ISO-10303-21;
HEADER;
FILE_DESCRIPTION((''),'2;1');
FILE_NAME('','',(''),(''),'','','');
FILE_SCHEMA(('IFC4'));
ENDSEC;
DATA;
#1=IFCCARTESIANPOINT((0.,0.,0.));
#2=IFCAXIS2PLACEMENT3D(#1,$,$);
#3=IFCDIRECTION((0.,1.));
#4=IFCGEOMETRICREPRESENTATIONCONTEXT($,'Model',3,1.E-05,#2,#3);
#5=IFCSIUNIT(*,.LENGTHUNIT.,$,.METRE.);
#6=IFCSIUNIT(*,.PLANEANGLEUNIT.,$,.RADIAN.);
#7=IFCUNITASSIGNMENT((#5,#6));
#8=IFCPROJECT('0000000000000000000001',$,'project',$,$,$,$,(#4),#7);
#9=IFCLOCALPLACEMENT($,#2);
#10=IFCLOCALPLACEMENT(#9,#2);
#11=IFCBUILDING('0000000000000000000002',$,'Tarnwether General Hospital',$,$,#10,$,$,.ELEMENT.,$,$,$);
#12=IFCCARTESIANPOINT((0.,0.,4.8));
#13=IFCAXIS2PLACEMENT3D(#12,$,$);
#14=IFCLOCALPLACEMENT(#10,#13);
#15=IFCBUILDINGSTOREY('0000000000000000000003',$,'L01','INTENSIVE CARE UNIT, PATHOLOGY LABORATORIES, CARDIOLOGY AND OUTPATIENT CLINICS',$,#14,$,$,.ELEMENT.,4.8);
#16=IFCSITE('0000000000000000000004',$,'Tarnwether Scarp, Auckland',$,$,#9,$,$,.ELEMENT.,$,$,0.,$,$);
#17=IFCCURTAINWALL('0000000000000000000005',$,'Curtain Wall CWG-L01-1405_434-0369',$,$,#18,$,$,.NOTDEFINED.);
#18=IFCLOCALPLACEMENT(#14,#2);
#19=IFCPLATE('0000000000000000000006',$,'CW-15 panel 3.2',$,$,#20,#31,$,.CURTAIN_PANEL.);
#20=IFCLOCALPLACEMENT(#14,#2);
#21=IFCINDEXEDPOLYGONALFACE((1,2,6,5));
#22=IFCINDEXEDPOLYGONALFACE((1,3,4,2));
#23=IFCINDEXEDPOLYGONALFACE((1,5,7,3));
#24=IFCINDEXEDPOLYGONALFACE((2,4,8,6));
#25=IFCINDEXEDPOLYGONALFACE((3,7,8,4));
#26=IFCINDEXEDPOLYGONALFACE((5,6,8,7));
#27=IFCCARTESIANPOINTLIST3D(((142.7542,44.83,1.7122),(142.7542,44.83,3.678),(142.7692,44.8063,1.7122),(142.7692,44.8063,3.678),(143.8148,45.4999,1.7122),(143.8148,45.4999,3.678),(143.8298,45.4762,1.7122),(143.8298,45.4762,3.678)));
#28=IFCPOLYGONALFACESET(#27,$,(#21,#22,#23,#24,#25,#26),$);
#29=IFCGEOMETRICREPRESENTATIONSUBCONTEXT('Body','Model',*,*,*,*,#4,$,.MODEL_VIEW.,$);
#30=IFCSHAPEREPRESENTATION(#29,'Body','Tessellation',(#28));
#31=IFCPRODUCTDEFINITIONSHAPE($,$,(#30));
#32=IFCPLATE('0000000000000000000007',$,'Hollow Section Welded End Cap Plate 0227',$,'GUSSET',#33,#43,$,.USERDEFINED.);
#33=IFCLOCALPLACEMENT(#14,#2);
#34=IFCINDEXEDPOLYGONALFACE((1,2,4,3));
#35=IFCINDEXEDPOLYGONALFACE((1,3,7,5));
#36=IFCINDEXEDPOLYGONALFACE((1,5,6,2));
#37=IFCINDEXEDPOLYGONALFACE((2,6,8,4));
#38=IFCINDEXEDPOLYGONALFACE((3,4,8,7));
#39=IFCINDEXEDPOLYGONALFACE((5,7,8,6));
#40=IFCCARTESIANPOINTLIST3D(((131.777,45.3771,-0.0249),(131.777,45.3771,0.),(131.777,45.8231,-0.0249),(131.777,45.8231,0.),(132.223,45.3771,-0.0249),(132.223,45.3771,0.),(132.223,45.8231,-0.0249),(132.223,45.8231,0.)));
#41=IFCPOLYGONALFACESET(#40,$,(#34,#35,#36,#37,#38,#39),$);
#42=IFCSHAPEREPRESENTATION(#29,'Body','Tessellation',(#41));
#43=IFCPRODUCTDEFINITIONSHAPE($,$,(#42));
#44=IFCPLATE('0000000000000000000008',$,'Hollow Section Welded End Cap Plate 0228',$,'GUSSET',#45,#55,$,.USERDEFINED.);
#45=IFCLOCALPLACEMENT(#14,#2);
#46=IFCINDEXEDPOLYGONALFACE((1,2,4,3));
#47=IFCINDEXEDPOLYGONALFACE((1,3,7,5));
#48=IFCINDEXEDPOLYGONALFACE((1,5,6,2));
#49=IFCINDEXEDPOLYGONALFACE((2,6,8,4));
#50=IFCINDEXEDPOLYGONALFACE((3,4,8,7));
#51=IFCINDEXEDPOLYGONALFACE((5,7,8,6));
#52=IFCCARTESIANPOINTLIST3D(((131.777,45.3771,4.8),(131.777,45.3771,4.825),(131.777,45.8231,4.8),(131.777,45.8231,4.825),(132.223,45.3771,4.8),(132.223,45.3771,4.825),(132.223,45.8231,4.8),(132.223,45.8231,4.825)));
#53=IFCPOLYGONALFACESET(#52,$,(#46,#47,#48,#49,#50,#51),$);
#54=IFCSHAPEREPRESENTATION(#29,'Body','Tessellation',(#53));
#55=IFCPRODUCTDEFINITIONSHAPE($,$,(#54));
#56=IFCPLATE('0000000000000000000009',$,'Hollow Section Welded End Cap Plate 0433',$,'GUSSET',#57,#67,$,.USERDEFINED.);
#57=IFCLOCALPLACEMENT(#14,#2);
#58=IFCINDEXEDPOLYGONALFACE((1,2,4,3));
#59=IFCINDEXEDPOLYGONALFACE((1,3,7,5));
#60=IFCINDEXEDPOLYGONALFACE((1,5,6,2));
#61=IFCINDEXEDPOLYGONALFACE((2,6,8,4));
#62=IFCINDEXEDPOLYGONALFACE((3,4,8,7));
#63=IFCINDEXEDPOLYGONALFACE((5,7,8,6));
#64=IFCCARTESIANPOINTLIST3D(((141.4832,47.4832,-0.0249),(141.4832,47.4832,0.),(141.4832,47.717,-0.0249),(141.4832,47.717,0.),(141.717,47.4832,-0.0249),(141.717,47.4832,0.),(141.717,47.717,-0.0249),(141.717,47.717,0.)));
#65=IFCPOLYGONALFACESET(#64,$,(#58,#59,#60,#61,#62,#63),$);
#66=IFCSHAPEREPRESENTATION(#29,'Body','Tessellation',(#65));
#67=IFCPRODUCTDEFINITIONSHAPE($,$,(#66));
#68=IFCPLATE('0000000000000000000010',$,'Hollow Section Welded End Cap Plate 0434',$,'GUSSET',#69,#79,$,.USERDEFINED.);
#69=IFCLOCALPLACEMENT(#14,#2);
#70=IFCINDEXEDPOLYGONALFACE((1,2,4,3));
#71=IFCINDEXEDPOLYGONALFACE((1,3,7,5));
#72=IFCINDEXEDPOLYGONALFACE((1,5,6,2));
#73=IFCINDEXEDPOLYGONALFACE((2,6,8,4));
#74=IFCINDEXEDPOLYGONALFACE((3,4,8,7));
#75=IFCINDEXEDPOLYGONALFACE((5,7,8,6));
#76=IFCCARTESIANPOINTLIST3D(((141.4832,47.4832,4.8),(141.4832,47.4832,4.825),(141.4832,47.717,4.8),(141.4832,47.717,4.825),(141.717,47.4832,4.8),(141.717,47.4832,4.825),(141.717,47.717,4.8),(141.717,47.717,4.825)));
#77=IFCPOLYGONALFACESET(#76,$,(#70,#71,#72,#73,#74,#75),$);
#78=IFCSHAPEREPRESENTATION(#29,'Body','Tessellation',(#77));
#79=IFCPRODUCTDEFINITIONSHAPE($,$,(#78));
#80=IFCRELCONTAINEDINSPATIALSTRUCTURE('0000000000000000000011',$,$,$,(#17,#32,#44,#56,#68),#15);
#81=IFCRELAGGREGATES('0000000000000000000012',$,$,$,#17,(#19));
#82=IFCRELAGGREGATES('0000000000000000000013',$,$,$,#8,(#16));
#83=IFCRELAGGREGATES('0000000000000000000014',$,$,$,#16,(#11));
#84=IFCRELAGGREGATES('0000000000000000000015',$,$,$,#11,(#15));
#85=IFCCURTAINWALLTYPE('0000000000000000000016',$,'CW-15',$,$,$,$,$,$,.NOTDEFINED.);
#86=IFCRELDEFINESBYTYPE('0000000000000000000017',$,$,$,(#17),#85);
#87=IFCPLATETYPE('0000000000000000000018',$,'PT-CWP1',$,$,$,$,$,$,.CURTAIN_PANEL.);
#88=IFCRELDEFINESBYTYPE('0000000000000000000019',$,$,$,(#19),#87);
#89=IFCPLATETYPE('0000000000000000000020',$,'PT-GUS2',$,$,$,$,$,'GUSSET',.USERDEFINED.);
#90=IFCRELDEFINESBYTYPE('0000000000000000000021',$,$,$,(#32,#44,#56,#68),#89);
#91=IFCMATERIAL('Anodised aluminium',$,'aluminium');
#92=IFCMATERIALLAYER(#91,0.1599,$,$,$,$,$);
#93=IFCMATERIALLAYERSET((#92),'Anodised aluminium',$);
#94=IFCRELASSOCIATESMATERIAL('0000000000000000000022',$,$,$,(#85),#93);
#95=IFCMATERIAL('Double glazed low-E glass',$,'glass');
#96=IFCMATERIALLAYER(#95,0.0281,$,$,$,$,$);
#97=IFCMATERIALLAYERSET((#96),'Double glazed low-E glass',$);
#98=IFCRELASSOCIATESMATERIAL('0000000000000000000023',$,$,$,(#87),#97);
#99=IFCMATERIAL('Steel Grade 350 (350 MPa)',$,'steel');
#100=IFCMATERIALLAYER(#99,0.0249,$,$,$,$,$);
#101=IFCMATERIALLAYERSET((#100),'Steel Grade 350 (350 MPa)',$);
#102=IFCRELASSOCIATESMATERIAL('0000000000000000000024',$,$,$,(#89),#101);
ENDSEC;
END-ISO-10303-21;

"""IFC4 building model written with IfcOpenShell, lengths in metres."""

from ifc_helpers import new_model, si_unit, direction, frame, origin, origin_2d, place, context, subcontext, project, spatial, rectangle, extrude, material, layer, layer_set, type_object, element, aggregate, save


model = new_model("IFC4")

# Units and contexts
model_context = context("Model", 3, precision=1e-05, world=origin(), true_north=direction((0.0, 1.0)))
body_context = subcontext(model_context, "Body", "Model", "MODEL_VIEW")
ifc_project = project(units=[si_unit("LENGTHUNIT", "METRE"), si_unit("PLANEANGLEUNIT", "RADIAN")], contexts=[model_context])

# Site, building, storey
site_placement = place(None, origin())
site = spatial("IfcSite", under=ifc_project, at=site_placement, Name="Tarnwether Scarp, Auckland", CompositionType="ELEMENT", RefElevation=0.0)
building_placement = place(site_placement, origin())
building = spatial("IfcBuilding", under=site, at=building_placement, Name="Tarnwether General Hospital", CompositionType="ELEMENT")
storey_placement = place(building_placement, frame((0.0, 0.0, 4.8)))
storey = spatial("IfcBuildingStorey", under=building, at=storey_placement, Name="L01", Description="INTENSIVE CARE UNIT, PATHOLOGY LABORATORIES, CARDIOLOGY AND OUTPATIENT CLINICS", CompositionType="ELEMENT", Elevation=4.8)

# Curtain wall
ifc_material_1 = material(Name="Anodised aluminium", Category="aluminium")
ifc_layer_1 = layer(ifc_material_1, 0.1599)
ifc_layer_set_1 = layer_set([ifc_layer_1], Name="Anodised aluminium")
curtain_wall_type_1 = type_object("IfcCurtainWallType", Name="CW-15", PredefinedType="NOTDEFINED", material=ifc_layer_set_1)
curtain_wall_1_placement = place(storey_placement, origin())
curtain_wall_1 = element("IfcCurtainWall", 1, at=curtain_wall_1_placement, inside=storey, type_object=curtain_wall_type_1, Name="Curtain Wall CWG-L01-1405_434-0369", PredefinedType="NOTDEFINED")

# Plate
ifc_material_2 = material(Name="Double glazed low-E glass", Category="glass")
ifc_layer_2 = layer(ifc_material_2, 0.0281)
ifc_layer_set_2 = layer_set([ifc_layer_2], Name="Double glazed low-E glass")
plate_type_1 = type_object("IfcPlateType", Name="PT-CWP1", PredefinedType="CURTAIN_PANEL", material=ifc_layer_set_2)
plate_1_placement = place(storey_placement, frame((143.292, 45.1531, 1.7122), z_axis=(0.0, 0.0, 1.0), x_axis=(0.845454, 0.534049, 0.0)))
plate_1 = element("IfcPlate", 2, at=plate_1_placement, type_object=plate_type_1, Name="CW-15 panel 3.2", PredefinedType="CURTAIN_PANEL", context=body_context, shape_type="SweptSolid", body=[
    extrude(rectangle(XDim=1.2544, YDim=0.0281, at=origin_2d()), origin(), (0.0, 0.0, 1.0), 1.9658),
])
aggregate(curtain_wall_1, [plate_1])

# Plates
ifc_material_3 = material(Name="Steel Grade 350 (350 MPa)", Category="steel")
ifc_layer_3 = layer(ifc_material_3, 0.0249)
ifc_layer_set_3 = layer_set([ifc_layer_3], Name="Steel Grade 350 (350 MPa)")
plate_type_2 = type_object("IfcPlateType", Name="PT-GUS2", ElementType="GUSSET", PredefinedType="USERDEFINED", material=ifc_layer_set_3)
for number, where, z_axis, x_axis, name in (
    (3, (132.0, 45.6001, -0.0249), (0.0, 0.0, 1.0), (1.0, 0.0, 0.0), "Hollow Section Welded End Cap Plate 0227"),
    (4, (132.0, 45.6001, 4.8), (0.0, 0.0, 1.0), (1.0, 0.0, 0.0), "Hollow Section Welded End Cap Plate 0228"),
):
    element("IfcPlate", number, at=place(storey_placement, frame(where, z_axis=z_axis, x_axis=x_axis)), inside=storey, type_object=plate_type_2, Name=name, ObjectType="GUSSET", PredefinedType="USERDEFINED", context=body_context, shape_type="SweptSolid", body=[
        extrude(rectangle(XDim=0.446, YDim=0.446, at=origin_2d()), origin(), (0.0, 0.0, 1.0), 0.0249),
    ])
for number, where, z_axis, x_axis, name in (
    (5, (141.6001, 47.6001, -0.0249), (0.0, 0.0, 1.0), (1.0, 0.0, 0.0), "Hollow Section Welded End Cap Plate 0433"),
    (6, (141.6001, 47.6001, 4.8), (0.0, 0.0, 1.0), (1.0, 0.0, 0.0), "Hollow Section Welded End Cap Plate 0434"),
):
    element("IfcPlate", number, at=place(storey_placement, frame(where, z_axis=z_axis, x_axis=x_axis)), inside=storey, type_object=plate_type_2, Name=name, ObjectType="GUSSET", PredefinedType="USERDEFINED", context=body_context, shape_type="SweptSolid", body=[
        extrude(rectangle(XDim=0.2339, YDim=0.2339, at=origin_2d()), origin(), (0.0, 0.0, 1.0), 0.0249),
    ])

save(model, "model.ifc")
